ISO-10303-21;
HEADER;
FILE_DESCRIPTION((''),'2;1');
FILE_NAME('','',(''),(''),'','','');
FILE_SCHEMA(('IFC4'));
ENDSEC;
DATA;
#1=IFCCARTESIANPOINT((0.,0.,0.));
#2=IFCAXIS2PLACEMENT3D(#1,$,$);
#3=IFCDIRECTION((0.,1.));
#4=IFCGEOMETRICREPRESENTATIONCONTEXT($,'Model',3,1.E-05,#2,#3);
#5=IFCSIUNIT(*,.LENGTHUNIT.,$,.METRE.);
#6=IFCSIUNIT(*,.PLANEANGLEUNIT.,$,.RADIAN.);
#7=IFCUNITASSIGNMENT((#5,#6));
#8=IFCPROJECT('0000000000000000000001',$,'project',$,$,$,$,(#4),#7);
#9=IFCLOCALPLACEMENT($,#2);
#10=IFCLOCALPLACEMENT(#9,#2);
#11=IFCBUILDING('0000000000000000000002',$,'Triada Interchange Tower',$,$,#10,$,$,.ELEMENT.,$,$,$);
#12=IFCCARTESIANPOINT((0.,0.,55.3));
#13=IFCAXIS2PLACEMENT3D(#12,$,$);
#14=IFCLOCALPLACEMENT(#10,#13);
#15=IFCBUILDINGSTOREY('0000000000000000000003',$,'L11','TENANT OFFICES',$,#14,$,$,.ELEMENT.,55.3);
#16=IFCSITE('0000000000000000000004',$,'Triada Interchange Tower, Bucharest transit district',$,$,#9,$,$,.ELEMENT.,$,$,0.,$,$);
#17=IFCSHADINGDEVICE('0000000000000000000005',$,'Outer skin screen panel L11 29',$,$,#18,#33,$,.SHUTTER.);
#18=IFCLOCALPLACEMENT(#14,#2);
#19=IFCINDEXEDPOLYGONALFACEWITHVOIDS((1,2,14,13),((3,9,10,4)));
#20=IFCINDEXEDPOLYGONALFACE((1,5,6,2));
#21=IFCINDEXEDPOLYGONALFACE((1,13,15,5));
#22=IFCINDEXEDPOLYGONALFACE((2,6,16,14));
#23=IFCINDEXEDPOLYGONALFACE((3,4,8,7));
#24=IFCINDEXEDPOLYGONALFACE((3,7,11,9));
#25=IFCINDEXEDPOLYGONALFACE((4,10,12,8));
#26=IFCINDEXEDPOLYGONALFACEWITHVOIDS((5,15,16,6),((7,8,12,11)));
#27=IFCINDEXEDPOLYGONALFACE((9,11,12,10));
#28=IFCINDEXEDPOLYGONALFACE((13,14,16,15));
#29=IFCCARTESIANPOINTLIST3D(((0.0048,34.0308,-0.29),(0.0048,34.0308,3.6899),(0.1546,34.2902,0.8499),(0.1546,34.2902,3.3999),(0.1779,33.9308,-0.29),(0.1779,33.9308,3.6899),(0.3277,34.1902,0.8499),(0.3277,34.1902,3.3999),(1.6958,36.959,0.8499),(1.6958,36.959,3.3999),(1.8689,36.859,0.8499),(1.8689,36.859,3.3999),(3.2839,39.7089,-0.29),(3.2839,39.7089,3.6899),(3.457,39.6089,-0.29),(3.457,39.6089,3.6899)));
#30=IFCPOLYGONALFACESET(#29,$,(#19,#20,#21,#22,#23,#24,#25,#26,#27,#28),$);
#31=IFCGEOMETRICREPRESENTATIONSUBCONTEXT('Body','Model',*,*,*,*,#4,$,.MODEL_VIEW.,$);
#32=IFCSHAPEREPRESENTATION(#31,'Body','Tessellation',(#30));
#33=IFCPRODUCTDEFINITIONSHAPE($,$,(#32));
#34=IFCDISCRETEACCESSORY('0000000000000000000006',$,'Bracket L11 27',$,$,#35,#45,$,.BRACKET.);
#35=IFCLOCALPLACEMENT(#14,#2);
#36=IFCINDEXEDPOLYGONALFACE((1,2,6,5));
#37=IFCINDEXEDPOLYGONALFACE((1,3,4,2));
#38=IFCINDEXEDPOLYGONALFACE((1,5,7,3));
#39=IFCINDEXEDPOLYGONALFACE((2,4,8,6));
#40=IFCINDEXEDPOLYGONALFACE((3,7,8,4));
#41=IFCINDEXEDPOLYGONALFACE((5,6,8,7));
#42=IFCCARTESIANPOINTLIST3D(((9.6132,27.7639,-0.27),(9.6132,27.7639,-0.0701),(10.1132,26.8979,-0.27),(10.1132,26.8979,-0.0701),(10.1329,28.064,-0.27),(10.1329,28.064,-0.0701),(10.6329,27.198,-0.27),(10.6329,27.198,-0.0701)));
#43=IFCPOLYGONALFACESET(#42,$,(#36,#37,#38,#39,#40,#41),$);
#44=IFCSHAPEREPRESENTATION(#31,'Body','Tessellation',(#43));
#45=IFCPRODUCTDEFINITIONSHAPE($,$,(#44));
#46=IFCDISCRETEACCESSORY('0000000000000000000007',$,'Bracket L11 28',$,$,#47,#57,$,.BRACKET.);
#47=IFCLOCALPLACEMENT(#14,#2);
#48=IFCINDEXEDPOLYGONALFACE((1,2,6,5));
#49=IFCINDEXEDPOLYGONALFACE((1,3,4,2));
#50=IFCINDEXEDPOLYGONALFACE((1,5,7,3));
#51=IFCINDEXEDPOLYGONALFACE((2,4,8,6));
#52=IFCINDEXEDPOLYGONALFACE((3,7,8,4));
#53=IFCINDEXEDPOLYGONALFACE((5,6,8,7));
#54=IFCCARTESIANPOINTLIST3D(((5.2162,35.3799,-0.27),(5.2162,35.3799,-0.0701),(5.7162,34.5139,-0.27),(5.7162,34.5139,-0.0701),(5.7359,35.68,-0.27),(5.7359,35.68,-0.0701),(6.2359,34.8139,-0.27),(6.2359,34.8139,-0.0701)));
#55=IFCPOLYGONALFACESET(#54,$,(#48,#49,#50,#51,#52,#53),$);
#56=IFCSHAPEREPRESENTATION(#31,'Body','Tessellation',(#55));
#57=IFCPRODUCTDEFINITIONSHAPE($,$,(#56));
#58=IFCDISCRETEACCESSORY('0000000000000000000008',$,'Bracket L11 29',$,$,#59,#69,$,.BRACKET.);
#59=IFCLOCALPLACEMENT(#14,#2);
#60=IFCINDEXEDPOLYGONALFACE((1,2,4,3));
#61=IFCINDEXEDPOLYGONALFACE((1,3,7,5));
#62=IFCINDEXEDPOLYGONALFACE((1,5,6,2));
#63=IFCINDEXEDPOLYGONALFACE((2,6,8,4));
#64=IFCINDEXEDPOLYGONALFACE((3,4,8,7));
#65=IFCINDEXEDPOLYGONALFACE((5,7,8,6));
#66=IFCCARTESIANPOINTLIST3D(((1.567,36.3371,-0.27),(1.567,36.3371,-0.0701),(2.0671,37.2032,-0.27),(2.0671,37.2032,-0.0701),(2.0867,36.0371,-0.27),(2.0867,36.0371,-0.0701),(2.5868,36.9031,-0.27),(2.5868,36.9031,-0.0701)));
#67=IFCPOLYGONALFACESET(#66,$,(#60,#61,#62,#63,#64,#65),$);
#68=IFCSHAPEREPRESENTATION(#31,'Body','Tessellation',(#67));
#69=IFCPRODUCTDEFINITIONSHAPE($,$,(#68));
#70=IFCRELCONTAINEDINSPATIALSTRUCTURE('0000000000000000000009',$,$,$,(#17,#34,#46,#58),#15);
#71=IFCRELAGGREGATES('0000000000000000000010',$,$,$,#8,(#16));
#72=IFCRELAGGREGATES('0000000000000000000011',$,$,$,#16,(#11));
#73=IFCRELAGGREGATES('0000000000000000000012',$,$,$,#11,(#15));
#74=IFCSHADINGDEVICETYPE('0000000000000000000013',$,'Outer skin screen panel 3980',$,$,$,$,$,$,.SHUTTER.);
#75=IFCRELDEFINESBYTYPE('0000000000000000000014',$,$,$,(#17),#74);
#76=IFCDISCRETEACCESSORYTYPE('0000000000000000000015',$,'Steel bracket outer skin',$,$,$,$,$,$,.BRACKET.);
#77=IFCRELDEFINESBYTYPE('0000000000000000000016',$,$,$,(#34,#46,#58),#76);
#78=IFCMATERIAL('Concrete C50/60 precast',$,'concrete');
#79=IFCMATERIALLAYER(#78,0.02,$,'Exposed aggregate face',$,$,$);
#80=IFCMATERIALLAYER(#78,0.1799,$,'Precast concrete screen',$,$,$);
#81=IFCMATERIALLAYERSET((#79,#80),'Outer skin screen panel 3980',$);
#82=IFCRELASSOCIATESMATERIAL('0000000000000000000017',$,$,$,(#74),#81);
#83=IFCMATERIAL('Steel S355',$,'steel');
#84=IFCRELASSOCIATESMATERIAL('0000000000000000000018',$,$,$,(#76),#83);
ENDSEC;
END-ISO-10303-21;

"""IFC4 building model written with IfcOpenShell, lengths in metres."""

from ifc_helpers import new_model, si_unit, direction, frame, origin, origin_2d, place, context, subcontext, project, spatial, polyline, rectangle, outline, extrude, material, layer, layer_set, type_object, element, save


model = new_model("IFC4")

# Units and contexts
model_context = context("Model", 3, precision=1e-05, world=origin(), true_north=direction((0.0, 1.0)))
body_context = subcontext(model_context, "Body", "Model", "MODEL_VIEW")
ifc_project = project(units=[si_unit("LENGTHUNIT", "METRE"), si_unit("PLANEANGLEUNIT", "RADIAN")], contexts=[model_context])

# Site, building, storey
site_placement = place(None, origin())
site = spatial("IfcSite", under=ifc_project, at=site_placement, Name="Triada Interchange Tower, Bucharest transit district", CompositionType="ELEMENT", RefElevation=0.0)
building_placement = place(site_placement, origin())
building = spatial("IfcBuilding", under=site, at=building_placement, Name="Triada Interchange Tower", CompositionType="ELEMENT")
storey_placement = place(building_placement, frame((0.0, 0.0, 55.3)))
storey = spatial("IfcBuildingStorey", under=building, at=storey_placement, Name="L11", Description="TENANT OFFICES", CompositionType="ELEMENT", Elevation=55.3)

# Shading device
ifc_material_1 = material(Name="Concrete C50/60 precast", Category="concrete")
ifc_layer_1 = layer(ifc_material_1, 0.02, Name="Exposed aggregate face")
ifc_layer_2 = layer(ifc_material_1, 0.1799, Name="Precast concrete screen")
ifc_layer_set_1 = layer_set([ifc_layer_1, ifc_layer_2], Name="Outer skin screen panel 3980")
shading_device_type = type_object("IfcShadingDeviceType", Name="Outer skin screen panel 3980", PredefinedType="SHUTTER", material=ifc_layer_set_1)
shading_device_1_placement = place(storey_placement, frame((3.457, 39.6089, -0.29), z_axis=(0.0, 0.0, 1.0), x_axis=(-0.5001, -0.865968, 0.0)))
element("IfcShadingDevice", 1, at=shading_device_1_placement, inside=storey, type_object=shading_device_type, Name="Outer skin screen panel L11 29", PredefinedType="SHUTTER", context=body_context, shape_type="SweptSolid", body=[
    extrude(outline(polyline([(0.0, 0.0), (6.5569, 0.0), (6.5569, 3.98), (0.0, 3.98), (0.0, 0.0)]), holes=[polyline([(3.1755, 1.1399), (3.1755, 3.6899), (6.2573, 3.6899), (6.2573, 1.1399), (3.1755, 1.1399)])]), frame((0.0, 0.0, 0.0), z_axis=(0.0, -1.0, 0.0), x_axis=(1.0, 0.0, 0.0)), (0.0, 0.0, 1.0), 0.2),
])

# Discrete accessories
ifc_material_2 = material(Name="Steel S355", Category="steel")
discrete_accessory_type = type_object("IfcDiscreteAccessoryType", Name="Steel bracket outer skin", PredefinedType="BRACKET", material=ifc_material_2)
for number, where, z_axis, x_axis, name in (
    (2, (10.123, 27.481, -0.27), (0.0, 0.0, 1.0), (0.866026, 0.499999, 0.0), "Bracket L11 27"),
    (3, (5.7261, 35.0969, -0.27), (0.0, 0.0, 1.0), (0.866026, 0.499999, 0.0), "Bracket L11 28"),
    (4, (2.0769, 36.6201, -0.27), (0.0, 0.0, 1.0), (-0.866012, 0.500023, 0.0), "Bracket L11 29"),
):
    element("IfcDiscreteAccessory", number, at=place(storey_placement, frame(where, z_axis=z_axis, x_axis=x_axis)), inside=storey, type_object=discrete_accessory_type, Name=name, PredefinedType="BRACKET", context=body_context, shape_type="SweptSolid", body=[
        extrude(rectangle(XDim=0.6001, YDim=1.0, at=origin_2d()), origin(), (0.0, 0.0, 1.0), 0.2),
    ])

save(model, "model.ifc")
